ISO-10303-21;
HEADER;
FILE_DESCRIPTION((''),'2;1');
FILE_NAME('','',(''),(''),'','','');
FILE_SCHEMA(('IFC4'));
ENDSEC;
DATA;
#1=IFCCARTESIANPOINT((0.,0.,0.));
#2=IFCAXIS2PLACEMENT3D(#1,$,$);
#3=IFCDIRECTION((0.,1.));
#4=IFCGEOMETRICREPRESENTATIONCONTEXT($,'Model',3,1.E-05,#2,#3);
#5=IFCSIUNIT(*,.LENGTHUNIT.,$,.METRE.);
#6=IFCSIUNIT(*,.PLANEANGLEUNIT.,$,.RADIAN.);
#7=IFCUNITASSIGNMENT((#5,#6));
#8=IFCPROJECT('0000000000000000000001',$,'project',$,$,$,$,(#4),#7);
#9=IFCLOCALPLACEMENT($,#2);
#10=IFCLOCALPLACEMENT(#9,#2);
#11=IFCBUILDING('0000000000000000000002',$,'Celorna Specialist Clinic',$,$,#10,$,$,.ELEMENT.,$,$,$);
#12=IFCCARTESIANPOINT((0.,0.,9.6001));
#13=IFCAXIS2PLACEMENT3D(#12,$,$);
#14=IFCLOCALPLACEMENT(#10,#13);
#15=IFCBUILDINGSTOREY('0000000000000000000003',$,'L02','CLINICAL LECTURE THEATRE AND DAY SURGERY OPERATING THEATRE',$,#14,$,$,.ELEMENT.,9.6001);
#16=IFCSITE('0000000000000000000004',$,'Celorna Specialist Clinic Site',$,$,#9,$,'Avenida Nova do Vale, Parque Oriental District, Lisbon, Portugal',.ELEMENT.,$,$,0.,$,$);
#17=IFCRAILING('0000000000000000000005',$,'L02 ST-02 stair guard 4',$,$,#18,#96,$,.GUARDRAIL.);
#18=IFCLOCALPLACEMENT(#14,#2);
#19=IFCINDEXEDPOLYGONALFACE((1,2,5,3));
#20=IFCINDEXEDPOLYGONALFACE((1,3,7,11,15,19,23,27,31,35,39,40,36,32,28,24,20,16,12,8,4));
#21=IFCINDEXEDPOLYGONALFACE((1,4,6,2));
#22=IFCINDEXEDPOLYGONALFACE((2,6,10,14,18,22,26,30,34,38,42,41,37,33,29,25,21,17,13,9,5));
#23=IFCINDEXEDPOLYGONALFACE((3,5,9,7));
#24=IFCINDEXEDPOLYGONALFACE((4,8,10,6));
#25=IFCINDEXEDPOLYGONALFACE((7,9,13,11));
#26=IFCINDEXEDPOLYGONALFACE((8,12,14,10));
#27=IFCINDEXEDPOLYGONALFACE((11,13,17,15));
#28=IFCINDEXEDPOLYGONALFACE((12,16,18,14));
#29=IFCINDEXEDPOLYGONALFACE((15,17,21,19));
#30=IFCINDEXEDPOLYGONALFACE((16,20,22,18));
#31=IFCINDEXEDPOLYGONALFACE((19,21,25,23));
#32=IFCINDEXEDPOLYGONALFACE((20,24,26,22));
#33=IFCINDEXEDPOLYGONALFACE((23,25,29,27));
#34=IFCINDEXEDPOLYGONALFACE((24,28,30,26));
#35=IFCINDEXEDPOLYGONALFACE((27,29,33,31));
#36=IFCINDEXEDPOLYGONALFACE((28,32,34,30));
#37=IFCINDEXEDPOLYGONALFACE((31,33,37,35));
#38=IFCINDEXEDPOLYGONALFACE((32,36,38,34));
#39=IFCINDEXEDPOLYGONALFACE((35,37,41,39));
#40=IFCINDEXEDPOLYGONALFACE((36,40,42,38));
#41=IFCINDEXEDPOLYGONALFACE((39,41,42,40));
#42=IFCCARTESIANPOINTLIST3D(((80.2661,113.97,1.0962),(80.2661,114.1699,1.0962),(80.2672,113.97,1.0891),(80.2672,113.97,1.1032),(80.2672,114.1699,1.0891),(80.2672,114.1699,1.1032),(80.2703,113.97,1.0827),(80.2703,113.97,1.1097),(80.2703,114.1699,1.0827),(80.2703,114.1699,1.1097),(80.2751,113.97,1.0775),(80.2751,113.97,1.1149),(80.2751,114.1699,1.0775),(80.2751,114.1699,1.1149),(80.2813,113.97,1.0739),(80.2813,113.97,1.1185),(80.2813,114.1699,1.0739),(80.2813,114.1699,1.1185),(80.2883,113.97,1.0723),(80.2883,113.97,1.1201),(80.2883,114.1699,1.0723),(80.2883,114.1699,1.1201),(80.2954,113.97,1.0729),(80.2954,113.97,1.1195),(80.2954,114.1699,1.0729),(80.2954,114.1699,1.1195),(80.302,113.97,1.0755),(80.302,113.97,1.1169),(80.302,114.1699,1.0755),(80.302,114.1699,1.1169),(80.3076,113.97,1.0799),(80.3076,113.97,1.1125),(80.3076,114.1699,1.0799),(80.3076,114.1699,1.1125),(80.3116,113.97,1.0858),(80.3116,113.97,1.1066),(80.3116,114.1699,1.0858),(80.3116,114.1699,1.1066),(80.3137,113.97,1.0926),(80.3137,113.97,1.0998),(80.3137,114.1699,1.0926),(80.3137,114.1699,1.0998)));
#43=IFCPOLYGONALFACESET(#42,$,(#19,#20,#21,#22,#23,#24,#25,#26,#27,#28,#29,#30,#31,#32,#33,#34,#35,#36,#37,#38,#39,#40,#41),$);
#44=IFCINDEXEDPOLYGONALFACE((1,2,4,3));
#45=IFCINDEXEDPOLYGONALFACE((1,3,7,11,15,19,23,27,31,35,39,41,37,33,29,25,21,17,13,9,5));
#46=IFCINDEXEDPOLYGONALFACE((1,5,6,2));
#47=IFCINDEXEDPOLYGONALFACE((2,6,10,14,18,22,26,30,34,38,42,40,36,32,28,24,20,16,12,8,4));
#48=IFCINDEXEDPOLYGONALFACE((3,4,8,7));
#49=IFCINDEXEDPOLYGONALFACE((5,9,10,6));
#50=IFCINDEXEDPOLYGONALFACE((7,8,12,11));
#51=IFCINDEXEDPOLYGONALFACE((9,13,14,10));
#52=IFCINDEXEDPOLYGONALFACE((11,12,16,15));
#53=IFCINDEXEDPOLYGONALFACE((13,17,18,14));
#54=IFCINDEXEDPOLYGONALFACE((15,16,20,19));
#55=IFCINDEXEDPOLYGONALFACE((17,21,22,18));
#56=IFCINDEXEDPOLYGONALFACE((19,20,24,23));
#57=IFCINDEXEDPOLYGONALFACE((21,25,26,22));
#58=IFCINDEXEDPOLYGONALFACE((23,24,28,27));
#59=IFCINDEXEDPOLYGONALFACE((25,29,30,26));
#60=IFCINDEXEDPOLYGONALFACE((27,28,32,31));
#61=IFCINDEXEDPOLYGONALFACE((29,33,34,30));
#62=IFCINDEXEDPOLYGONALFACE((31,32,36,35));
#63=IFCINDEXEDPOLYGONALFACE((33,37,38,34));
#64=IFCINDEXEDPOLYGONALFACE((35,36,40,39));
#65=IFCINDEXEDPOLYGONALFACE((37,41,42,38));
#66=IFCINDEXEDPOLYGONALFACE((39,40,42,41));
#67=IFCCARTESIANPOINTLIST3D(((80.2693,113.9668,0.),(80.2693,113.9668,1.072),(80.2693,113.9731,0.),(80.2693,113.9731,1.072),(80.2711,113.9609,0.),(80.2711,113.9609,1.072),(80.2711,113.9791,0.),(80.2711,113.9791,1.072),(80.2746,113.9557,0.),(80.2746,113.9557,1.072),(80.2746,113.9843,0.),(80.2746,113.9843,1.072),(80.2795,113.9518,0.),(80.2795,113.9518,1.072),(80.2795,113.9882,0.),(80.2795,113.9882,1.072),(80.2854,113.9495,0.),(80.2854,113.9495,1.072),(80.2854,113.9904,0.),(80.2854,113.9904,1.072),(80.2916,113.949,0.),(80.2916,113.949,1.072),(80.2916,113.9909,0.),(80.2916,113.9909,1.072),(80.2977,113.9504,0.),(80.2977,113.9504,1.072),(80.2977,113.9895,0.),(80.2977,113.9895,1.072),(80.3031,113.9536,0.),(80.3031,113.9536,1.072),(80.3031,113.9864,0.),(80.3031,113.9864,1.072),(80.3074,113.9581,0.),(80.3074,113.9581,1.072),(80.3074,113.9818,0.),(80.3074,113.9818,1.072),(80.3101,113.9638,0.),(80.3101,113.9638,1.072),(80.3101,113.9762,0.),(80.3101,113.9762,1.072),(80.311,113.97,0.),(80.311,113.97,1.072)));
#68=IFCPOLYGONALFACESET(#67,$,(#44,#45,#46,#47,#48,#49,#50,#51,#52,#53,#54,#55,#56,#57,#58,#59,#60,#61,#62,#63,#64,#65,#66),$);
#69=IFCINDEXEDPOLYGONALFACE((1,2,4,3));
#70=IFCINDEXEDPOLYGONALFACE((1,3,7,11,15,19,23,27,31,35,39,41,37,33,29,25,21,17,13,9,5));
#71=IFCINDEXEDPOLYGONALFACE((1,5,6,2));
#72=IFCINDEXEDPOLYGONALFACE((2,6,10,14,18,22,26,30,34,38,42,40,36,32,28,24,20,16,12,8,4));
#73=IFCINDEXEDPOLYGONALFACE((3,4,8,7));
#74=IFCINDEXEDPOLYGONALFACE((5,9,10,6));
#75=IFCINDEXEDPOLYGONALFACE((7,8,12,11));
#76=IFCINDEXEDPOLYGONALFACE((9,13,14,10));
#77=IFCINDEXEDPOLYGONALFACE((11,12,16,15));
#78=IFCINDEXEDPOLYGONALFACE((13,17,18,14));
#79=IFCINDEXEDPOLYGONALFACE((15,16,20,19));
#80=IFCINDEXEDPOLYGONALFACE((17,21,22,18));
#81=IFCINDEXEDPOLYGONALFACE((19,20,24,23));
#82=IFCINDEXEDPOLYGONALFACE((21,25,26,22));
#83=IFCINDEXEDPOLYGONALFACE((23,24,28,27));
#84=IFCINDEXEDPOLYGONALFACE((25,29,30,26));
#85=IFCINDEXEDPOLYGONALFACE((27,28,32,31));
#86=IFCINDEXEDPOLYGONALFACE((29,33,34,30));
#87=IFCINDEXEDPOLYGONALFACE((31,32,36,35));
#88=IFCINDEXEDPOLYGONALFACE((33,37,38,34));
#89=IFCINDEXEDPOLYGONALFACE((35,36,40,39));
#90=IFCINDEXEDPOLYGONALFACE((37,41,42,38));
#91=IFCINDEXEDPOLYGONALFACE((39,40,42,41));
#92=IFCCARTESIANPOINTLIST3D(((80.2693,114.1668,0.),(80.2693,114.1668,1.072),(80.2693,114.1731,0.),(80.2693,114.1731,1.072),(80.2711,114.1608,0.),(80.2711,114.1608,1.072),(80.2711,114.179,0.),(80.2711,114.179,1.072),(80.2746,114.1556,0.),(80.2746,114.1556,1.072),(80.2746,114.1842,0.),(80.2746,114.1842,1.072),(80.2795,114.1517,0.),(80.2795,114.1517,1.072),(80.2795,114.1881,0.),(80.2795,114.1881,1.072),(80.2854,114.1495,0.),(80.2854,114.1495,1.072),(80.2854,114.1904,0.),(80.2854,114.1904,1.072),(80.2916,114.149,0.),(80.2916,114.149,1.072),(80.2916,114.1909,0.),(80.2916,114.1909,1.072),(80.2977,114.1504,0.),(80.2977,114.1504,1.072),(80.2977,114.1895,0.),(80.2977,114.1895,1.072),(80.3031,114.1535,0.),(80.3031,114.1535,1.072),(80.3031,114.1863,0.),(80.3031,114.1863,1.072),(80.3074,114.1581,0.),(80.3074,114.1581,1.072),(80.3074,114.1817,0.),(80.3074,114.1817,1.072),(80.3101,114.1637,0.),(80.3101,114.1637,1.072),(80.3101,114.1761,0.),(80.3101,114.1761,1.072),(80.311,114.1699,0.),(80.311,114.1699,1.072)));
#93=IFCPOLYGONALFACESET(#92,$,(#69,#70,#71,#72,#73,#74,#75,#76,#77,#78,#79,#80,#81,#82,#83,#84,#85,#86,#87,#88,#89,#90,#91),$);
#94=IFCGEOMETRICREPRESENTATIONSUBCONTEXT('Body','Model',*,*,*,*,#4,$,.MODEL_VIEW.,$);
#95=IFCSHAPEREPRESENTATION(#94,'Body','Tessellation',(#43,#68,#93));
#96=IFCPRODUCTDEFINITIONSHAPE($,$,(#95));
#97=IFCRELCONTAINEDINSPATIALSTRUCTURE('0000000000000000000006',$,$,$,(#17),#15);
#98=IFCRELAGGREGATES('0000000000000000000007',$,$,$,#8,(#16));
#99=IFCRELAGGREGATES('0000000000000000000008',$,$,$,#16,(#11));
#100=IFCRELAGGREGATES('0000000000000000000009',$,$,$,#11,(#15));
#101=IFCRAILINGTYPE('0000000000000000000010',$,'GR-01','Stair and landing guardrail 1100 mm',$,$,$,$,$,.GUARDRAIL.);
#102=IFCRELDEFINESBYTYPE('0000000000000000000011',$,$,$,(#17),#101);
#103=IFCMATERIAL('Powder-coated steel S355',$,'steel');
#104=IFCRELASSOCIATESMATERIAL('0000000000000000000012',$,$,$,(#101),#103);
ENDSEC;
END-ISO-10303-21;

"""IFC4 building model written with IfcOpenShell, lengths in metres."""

from ifc_helpers import new_model, si_unit, direction, frame, origin, origin_2d, place, context, subcontext, project, spatial, circle, extrude, material, type_object, element, save


model = new_model("IFC4")

# Units and contexts
model_context = context("Model", 3, precision=1e-05, world=origin(), true_north=direction((0.0, 1.0)))
body_context = subcontext(model_context, "Body", "Model", "MODEL_VIEW")
ifc_project = project(units=[si_unit("LENGTHUNIT", "METRE"), si_unit("PLANEANGLEUNIT", "RADIAN")], contexts=[model_context])

# Site, building, storey
site_placement = place(None, origin())
site = spatial("IfcSite", under=ifc_project, at=site_placement, Name="Celorna Specialist Clinic Site", LongName="Avenida Nova do Vale, Parque Oriental District, Lisbon, Portugal", CompositionType="ELEMENT", RefElevation=0.0)
building_placement = place(site_placement, origin())
building = spatial("IfcBuilding", under=site, at=building_placement, Name="Celorna Specialist Clinic", CompositionType="ELEMENT")
storey_placement = place(building_placement, frame((0.0, 0.0, 9.6001)))
storey = spatial("IfcBuildingStorey", under=building, at=storey_placement, Name="L02", Description="CLINICAL LECTURE THEATRE AND DAY SURGERY OPERATING THEATRE", CompositionType="ELEMENT", Elevation=9.6001)

# Railing
ifc_material_1 = material(Name="Powder-coated steel S355", Category="steel")
railing_type_1 = type_object("IfcRailingType", Name="GR-01", Description="Stair and landing guardrail 1100 mm", PredefinedType="GUARDRAIL", material=ifc_material_1)
railing_1_placement = place(storey_placement, frame((80.29, 113.97, 0.0)))
element("IfcRailing", 1, at=railing_1_placement, inside=storey, type_object=railing_type_1, Name="L02 ST-02 stair guard 4", PredefinedType="GUARDRAIL", context=body_context, shape_type="SweptSolid", body=[
    extrude(circle(Radius=0.0239, at=origin_2d()), frame((0.0, 0.0, 1.0962), z_axis=(0.0, 1.0, 0.0), x_axis=(-1.0, 0.0, 0.0)), (0.0, 0.0, 1.0), 0.2),
    extrude(circle(Radius=0.021, at=origin_2d()), origin(), (0.0, 0.0, 1.0), 1.072),
    extrude(circle(Radius=0.021, at=origin_2d()), frame((0.0, 0.2, 0.0)), (0.0, 0.0, 1.0), 1.072),
])

save(model, "model.ifc")
